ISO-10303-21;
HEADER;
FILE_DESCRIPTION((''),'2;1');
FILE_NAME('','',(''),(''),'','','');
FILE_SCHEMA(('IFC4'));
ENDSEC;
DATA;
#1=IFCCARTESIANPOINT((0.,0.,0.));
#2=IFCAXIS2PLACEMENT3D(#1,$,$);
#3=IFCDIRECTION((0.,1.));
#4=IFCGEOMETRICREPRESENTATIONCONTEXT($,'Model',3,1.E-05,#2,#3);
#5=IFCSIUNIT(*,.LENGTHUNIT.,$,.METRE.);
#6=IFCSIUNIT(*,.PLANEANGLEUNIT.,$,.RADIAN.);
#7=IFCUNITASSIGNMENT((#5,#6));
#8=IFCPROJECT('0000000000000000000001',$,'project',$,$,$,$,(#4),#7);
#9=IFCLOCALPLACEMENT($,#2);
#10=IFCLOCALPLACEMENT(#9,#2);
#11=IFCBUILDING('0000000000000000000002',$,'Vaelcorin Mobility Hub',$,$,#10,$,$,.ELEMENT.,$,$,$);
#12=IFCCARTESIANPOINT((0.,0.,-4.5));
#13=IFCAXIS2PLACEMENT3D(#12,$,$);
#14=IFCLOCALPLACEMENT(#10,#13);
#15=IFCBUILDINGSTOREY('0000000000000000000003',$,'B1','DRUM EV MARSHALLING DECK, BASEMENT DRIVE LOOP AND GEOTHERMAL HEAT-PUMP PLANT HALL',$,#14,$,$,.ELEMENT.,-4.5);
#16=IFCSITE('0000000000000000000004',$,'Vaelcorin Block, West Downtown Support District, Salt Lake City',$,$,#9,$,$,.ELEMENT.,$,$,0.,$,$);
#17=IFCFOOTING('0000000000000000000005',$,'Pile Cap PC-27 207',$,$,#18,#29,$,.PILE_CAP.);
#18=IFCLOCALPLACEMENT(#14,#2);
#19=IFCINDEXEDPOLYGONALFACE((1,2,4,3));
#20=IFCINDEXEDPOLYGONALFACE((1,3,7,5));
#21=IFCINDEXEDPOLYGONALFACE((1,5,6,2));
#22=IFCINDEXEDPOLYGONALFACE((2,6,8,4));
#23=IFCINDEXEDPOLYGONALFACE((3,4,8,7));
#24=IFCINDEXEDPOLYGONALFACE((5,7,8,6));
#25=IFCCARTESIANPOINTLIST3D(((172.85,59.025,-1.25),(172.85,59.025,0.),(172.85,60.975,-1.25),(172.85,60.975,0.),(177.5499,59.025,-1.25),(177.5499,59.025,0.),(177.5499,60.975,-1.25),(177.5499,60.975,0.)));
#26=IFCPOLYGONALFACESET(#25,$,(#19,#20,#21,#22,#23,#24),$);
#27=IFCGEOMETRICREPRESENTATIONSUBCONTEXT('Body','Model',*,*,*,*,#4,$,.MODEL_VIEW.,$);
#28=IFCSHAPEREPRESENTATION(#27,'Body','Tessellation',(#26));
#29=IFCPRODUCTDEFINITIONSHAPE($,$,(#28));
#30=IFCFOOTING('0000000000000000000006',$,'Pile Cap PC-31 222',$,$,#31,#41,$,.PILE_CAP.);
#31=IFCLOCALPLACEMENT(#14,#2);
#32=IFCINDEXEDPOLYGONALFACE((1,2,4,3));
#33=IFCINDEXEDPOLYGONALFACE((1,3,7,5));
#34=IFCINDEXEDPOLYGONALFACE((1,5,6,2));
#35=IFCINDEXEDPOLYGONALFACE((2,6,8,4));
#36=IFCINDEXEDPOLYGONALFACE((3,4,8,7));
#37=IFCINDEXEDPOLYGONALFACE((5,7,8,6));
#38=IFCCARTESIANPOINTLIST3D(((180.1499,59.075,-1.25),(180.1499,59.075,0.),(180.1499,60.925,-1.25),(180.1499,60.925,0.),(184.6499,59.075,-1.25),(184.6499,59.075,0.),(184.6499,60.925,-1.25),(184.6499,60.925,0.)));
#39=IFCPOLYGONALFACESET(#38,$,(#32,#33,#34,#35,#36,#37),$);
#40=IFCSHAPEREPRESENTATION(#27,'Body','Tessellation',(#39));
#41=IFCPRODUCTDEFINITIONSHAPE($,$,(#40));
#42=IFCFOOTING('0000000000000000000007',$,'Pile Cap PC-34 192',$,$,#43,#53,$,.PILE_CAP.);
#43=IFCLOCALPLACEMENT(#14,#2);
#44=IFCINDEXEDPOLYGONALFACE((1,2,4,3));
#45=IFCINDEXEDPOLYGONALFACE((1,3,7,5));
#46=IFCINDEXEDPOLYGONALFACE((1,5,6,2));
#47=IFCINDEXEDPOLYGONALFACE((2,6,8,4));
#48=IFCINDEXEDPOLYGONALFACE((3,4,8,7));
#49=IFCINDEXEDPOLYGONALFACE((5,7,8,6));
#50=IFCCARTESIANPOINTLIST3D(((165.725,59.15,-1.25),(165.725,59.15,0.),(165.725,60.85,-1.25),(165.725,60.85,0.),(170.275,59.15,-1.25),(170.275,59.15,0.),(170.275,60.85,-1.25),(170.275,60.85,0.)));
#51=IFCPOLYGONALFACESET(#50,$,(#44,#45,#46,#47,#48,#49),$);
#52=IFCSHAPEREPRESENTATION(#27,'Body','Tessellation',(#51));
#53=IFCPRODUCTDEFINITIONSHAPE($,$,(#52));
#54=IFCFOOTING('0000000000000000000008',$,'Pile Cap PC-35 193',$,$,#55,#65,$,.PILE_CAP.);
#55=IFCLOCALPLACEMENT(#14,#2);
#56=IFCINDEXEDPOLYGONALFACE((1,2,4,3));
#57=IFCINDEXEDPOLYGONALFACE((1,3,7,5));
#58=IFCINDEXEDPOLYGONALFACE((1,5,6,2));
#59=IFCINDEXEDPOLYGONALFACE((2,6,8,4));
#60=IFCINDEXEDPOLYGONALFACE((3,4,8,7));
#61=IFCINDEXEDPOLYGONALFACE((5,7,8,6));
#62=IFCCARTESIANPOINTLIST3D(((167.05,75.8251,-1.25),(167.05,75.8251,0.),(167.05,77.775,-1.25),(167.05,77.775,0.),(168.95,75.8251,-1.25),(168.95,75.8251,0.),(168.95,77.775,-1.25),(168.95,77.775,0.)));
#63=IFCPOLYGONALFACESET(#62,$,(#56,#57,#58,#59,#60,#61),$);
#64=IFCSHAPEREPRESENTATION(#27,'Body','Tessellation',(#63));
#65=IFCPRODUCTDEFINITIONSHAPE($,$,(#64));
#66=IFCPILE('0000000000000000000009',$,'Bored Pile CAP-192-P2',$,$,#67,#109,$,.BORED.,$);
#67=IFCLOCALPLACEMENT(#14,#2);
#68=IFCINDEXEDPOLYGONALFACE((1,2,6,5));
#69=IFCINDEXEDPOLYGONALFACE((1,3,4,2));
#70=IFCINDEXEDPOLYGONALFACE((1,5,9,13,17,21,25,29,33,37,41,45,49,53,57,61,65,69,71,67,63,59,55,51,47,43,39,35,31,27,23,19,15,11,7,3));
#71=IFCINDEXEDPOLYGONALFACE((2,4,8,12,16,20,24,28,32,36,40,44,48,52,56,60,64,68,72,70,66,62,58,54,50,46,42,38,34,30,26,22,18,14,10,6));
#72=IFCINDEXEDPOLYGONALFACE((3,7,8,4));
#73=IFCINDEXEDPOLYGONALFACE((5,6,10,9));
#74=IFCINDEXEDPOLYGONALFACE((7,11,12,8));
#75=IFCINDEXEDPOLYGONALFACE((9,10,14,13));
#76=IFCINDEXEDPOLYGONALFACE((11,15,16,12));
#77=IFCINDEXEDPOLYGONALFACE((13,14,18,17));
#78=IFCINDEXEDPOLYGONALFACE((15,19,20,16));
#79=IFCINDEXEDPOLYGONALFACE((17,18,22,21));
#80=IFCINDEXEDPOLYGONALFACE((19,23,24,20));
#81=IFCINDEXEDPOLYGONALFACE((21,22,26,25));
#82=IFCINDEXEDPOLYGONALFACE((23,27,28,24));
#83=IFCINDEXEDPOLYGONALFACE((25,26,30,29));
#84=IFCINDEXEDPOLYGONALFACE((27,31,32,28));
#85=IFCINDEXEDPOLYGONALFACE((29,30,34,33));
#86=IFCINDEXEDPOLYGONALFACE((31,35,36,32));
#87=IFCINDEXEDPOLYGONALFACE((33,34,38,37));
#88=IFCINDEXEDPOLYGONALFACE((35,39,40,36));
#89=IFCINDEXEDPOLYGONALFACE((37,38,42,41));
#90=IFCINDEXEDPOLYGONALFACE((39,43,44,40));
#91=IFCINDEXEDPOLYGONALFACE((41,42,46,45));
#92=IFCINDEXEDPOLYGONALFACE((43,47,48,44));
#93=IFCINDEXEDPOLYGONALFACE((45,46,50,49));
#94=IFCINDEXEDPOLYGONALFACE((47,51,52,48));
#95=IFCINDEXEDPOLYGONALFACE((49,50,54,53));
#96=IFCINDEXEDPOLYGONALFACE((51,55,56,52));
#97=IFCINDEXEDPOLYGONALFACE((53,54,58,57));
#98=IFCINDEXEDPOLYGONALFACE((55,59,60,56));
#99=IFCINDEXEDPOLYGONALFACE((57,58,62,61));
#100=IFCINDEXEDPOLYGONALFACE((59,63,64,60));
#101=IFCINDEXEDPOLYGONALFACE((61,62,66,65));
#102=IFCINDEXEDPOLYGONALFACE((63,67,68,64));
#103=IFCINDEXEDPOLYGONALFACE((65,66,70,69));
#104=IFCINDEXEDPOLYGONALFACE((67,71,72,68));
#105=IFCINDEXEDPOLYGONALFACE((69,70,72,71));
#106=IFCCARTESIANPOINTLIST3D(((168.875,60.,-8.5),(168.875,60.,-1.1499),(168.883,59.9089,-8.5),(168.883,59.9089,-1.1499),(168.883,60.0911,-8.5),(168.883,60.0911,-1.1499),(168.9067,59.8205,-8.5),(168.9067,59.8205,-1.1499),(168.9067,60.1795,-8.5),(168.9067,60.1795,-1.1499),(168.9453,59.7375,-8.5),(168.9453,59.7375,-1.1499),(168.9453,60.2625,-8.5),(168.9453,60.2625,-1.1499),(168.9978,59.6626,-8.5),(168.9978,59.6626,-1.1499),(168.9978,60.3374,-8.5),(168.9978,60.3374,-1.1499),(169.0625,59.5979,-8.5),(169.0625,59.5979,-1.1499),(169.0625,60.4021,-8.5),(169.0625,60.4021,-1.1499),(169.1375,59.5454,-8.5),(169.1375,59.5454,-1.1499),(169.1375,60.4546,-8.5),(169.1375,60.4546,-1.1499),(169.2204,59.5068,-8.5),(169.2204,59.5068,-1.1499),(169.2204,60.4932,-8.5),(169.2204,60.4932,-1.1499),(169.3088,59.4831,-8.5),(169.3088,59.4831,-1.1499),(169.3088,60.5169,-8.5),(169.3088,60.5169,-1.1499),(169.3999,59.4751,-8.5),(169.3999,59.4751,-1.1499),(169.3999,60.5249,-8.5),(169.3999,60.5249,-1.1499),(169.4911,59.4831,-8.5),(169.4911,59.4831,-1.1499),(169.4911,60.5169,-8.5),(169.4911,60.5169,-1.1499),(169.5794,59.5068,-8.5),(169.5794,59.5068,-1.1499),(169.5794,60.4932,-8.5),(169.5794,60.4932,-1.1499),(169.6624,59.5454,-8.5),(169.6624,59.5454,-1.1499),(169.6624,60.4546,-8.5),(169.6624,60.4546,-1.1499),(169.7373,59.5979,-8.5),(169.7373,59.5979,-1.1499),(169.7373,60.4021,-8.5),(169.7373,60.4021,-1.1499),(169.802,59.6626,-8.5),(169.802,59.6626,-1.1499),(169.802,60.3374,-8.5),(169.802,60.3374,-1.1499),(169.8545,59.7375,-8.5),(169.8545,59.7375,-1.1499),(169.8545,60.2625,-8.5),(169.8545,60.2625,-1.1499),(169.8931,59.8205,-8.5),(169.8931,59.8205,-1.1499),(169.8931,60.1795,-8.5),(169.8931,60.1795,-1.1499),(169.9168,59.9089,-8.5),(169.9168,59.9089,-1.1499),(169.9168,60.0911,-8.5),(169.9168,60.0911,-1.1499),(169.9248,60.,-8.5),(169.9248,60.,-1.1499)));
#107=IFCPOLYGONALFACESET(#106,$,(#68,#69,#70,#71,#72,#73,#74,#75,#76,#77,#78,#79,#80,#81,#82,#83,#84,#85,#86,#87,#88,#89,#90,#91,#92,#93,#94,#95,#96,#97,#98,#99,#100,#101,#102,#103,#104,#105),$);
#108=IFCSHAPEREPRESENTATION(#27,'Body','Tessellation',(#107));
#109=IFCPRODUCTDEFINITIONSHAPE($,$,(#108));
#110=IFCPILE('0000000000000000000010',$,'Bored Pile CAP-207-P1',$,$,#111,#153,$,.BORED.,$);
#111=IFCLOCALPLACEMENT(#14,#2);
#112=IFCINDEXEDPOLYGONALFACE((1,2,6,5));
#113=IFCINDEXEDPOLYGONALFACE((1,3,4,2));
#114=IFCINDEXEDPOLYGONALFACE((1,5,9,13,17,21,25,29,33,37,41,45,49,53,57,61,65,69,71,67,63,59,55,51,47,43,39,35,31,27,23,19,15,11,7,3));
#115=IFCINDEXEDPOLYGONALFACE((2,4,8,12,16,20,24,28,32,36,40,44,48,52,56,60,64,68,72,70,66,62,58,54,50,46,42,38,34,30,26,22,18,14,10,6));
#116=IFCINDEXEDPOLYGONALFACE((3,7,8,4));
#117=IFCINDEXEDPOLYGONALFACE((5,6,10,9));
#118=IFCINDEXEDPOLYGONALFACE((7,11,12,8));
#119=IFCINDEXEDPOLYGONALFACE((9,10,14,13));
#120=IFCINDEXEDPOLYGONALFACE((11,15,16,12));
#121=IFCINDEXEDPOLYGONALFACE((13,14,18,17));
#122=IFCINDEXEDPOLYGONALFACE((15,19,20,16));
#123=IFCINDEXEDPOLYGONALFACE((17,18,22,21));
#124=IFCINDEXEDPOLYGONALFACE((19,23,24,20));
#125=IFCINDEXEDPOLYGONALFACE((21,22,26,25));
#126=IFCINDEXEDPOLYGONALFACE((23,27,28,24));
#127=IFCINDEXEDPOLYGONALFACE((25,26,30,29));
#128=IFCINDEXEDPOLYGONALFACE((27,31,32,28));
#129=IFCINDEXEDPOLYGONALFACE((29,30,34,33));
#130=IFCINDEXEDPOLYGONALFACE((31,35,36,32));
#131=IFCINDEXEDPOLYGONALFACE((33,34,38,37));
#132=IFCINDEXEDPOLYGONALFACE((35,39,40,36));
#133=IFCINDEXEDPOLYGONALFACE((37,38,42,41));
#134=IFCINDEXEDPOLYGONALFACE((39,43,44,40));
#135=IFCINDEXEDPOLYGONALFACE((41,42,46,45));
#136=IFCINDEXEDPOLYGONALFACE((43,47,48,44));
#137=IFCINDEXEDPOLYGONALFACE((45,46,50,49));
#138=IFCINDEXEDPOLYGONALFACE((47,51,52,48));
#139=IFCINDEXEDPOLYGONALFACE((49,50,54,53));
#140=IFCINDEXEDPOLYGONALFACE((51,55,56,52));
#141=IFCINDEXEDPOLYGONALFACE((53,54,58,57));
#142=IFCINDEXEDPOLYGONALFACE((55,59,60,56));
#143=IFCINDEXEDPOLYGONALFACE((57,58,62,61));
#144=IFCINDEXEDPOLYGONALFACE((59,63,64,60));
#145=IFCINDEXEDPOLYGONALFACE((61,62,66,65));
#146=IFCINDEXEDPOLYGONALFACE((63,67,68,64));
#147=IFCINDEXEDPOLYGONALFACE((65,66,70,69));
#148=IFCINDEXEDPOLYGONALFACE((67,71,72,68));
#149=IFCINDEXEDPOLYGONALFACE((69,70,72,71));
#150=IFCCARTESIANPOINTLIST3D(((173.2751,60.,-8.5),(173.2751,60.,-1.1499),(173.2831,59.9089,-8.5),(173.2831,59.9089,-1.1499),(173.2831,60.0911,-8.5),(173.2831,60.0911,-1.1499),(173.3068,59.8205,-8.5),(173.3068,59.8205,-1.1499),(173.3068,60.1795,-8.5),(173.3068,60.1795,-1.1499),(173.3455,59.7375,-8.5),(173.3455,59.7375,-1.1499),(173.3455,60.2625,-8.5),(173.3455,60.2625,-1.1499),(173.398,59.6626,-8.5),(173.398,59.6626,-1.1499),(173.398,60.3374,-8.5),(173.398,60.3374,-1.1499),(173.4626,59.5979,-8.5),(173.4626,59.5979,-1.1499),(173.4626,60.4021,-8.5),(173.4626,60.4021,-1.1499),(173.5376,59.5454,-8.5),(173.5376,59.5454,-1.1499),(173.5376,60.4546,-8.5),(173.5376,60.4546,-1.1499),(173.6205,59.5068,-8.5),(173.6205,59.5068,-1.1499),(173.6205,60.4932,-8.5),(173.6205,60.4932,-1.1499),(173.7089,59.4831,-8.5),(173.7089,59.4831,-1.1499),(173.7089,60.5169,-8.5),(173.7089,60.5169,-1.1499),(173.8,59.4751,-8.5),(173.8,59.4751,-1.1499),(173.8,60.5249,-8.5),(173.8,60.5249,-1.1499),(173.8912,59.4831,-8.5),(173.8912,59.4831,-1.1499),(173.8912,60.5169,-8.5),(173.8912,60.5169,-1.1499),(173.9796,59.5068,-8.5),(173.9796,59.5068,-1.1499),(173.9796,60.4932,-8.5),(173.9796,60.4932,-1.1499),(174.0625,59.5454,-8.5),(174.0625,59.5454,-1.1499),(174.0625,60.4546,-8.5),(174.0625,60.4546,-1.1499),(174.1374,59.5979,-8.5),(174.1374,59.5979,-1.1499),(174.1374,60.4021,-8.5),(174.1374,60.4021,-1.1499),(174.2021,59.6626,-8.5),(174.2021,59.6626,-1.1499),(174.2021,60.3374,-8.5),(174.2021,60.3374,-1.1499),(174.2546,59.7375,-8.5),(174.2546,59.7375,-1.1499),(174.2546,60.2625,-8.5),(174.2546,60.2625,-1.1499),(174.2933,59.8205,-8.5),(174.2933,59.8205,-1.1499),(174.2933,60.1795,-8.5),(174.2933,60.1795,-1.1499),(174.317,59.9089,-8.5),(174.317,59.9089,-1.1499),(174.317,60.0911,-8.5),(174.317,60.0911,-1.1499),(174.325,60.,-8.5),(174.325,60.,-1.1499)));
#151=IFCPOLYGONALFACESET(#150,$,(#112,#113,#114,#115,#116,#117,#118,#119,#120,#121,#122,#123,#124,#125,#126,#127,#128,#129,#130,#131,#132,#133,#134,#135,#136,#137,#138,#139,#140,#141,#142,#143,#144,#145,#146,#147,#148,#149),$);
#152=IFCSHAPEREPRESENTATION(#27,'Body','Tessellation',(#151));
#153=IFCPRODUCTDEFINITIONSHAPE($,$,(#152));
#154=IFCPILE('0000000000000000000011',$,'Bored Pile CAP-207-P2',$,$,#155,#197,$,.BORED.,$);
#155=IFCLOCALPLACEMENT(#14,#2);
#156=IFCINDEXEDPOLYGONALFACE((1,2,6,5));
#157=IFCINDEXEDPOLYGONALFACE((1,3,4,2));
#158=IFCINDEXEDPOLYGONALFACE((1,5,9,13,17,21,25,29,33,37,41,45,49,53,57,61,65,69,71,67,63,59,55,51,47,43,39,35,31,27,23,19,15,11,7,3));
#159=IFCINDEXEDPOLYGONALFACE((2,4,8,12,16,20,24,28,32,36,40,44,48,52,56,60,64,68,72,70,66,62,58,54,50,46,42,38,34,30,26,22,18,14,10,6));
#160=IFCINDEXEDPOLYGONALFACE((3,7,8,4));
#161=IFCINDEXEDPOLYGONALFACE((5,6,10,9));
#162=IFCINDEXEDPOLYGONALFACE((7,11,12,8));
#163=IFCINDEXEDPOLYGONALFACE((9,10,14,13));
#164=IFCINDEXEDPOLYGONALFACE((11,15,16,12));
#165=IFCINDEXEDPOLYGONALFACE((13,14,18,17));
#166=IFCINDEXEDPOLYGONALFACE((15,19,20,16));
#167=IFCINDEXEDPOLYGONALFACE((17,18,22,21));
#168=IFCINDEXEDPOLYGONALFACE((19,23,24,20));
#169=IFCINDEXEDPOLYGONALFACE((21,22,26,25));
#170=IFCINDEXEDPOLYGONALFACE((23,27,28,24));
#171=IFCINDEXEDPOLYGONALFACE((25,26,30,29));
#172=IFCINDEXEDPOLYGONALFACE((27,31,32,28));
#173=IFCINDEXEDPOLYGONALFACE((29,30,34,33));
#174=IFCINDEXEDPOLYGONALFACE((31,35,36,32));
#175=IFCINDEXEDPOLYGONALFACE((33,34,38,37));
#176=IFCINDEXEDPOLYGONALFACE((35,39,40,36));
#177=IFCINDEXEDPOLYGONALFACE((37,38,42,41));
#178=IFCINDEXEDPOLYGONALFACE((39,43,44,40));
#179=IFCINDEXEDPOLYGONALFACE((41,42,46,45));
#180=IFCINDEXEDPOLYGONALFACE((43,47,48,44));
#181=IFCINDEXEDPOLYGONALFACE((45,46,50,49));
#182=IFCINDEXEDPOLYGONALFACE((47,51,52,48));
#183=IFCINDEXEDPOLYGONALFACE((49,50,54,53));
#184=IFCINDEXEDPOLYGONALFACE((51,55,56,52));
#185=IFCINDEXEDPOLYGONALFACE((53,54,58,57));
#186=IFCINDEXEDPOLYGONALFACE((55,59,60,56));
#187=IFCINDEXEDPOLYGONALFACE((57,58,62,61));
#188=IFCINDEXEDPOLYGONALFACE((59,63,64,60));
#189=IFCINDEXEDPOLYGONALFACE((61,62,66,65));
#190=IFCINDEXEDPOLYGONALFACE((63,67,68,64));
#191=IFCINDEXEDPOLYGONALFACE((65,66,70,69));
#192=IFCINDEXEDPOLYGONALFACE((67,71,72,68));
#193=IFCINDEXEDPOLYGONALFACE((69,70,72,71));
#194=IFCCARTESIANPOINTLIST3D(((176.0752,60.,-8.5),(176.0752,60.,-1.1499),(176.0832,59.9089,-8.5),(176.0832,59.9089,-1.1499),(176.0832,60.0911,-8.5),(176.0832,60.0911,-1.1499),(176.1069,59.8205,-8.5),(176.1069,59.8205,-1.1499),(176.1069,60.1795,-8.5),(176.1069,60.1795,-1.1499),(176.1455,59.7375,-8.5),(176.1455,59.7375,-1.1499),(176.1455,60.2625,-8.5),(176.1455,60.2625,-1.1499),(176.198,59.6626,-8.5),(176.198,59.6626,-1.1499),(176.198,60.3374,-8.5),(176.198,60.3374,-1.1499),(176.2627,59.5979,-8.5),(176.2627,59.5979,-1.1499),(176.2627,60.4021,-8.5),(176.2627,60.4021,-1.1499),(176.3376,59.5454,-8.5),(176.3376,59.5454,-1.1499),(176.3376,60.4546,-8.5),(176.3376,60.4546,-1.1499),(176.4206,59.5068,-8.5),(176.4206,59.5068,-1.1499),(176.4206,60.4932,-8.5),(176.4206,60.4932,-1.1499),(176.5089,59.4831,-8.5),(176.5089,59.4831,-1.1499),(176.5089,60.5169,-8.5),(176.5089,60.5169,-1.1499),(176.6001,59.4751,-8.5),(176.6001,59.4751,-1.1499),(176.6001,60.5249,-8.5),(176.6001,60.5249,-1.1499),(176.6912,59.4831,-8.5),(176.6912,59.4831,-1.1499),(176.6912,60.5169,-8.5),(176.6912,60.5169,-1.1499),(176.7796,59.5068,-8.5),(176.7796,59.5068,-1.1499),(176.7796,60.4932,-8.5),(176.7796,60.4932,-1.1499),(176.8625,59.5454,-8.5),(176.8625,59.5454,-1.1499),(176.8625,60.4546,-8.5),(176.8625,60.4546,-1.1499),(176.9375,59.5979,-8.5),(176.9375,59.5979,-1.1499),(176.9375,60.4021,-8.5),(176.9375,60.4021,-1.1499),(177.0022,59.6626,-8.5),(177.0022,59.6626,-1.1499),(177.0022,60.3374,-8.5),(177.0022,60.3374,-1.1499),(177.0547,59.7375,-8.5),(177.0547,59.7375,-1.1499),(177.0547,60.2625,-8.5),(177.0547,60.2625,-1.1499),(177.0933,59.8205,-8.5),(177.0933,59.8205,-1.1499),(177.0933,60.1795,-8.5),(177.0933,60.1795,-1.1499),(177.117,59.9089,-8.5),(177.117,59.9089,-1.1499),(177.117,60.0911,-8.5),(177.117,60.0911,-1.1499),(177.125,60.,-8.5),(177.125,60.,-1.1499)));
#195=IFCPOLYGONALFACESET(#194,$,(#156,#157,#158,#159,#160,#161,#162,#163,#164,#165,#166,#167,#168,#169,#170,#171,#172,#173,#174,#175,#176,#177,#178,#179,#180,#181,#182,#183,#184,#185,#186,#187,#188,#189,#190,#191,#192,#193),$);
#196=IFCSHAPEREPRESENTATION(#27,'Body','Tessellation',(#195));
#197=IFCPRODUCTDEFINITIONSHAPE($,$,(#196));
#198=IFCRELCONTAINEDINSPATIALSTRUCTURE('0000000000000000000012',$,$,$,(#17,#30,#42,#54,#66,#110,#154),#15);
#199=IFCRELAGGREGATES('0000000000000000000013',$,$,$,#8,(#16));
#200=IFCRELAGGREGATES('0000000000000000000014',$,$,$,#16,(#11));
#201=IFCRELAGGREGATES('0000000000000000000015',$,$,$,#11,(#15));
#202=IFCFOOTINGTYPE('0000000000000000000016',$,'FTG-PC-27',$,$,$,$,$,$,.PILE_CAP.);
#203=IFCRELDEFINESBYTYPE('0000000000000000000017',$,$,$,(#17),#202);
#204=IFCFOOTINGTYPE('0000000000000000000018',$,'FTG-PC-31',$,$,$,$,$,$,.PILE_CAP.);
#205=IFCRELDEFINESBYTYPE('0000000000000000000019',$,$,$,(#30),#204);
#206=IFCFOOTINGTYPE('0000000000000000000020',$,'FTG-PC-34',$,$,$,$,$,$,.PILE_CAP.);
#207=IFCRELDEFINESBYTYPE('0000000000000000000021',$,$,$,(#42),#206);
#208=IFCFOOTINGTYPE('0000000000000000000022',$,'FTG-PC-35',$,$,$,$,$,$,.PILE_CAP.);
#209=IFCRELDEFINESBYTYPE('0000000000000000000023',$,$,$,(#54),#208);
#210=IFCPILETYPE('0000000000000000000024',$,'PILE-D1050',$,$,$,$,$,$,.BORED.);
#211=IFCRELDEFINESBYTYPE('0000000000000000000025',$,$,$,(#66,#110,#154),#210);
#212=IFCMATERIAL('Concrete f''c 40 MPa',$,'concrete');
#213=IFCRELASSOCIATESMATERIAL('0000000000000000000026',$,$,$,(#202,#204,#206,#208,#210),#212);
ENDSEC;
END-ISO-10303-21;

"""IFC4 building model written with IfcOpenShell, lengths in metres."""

from ifc_helpers import new_model, si_unit, direction, frame, origin, origin_2d, place, context, subcontext, project, spatial, rectangle, circle, extrude, material, material_profile, profile_set, type_object, element, save


model = new_model("IFC4")

# Units and contexts
model_context = context("Model", 3, precision=1e-05, world=origin(), true_north=direction((0.0, 1.0)))
body_context = subcontext(model_context, "Body", "Model", "MODEL_VIEW")
ifc_project = project(units=[si_unit("LENGTHUNIT", "METRE"), si_unit("PLANEANGLEUNIT", "RADIAN")], contexts=[model_context])

# Site, building, storey
site_placement = place(None, origin())
site = spatial("IfcSite", under=ifc_project, at=site_placement, Name="Vaelcorin Block, West Downtown Support District, Salt Lake City", CompositionType="ELEMENT", RefElevation=0.0)
building_placement = place(site_placement, origin())
building = spatial("IfcBuilding", under=site, at=building_placement, Name="Vaelcorin Mobility Hub", CompositionType="ELEMENT")
storey_placement = place(building_placement, frame((0.0, 0.0, -4.5)))
storey = spatial("IfcBuildingStorey", under=building, at=storey_placement, Name="B1", Description="DRUM EV MARSHALLING DECK, BASEMENT DRIVE LOOP AND GEOTHERMAL HEAT-PUMP PLANT HALL", CompositionType="ELEMENT", Elevation=-4.5)

# Footings
ifc_material_1 = material(Name="Concrete f'c 40 MPa", Category="concrete")
footing_type_1 = type_object("IfcFootingType", Name="FTG-PC-27", PredefinedType="PILE_CAP", material=ifc_material_1)
footing_1_placement = place(storey_placement, frame((175.2, 60.0, -1.25), z_axis=(0.0, 0.0, 1.0), x_axis=(1.0, 0.0, 0.0)))
element("IfcFooting", 1, at=footing_1_placement, inside=storey, type_object=footing_type_1, Name="Pile Cap PC-27 207", PredefinedType="PILE_CAP", context=body_context, shape_type="SweptSolid", body=[
    extrude(rectangle(XDim=4.7, YDim=1.95, at=origin_2d()), origin(), (0.0, 0.0, 1.0), 1.25),
])
footing_type_2 = type_object("IfcFootingType", Name="FTG-PC-31", PredefinedType="PILE_CAP", material=ifc_material_1)
footing_2_placement = place(storey_placement, frame((182.3999, 60.0, -1.25), z_axis=(0.0, 0.0, 1.0), x_axis=(1.0, 0.0, 0.0)))
element("IfcFooting", 2, at=footing_2_placement, inside=storey, type_object=footing_type_2, Name="Pile Cap PC-31 222", PredefinedType="PILE_CAP", context=body_context, shape_type="SweptSolid", body=[
    extrude(rectangle(XDim=4.5, YDim=1.8501, at=origin_2d()), origin(), (0.0, 0.0, 1.0), 1.25),
])
footing_type_3 = type_object("IfcFootingType", Name="FTG-PC-34", PredefinedType="PILE_CAP", material=ifc_material_1)
footing_3_placement = place(storey_placement, frame((168.0, 60.0, -1.25), z_axis=(0.0, 0.0, 1.0), x_axis=(1.0, 0.0, 0.0)))
element("IfcFooting", 3, at=footing_3_placement, inside=storey, type_object=footing_type_3, Name="Pile Cap PC-34 192", PredefinedType="PILE_CAP", context=body_context, shape_type="SweptSolid", body=[
    extrude(rectangle(XDim=4.55, YDim=1.7, at=origin_2d()), origin(), (0.0, 0.0, 1.0), 1.25),
])
footing_type_4 = type_object("IfcFootingType", Name="FTG-PC-35", PredefinedType="PILE_CAP", material=ifc_material_1)
footing_4_placement = place(storey_placement, frame((168.0, 76.8, -1.25), z_axis=(0.0, 0.0, 1.0), x_axis=(1.0, 0.0, 0.0)))
element("IfcFooting", 4, at=footing_4_placement, inside=storey, type_object=footing_type_4, Name="Pile Cap PC-35 193", PredefinedType="PILE_CAP", context=body_context, shape_type="SweptSolid", body=[
    extrude(rectangle(XDim=1.8999, YDim=1.95, at=origin_2d()), origin(), (0.0, 0.0, 1.0), 1.25),
])

# Piles
ifc_material_profile_1 = material_profile(ifc_material_1, circle(Radius=0.5249, at=origin_2d()), Name="BP-D1050")
ifc_profile_set_1 = profile_set([ifc_material_profile_1], Name="Concrete f'c 40 MPa")
pile_type = type_object("IfcPileType", Name="PILE-D1050", PredefinedType="BORED", material=ifc_profile_set_1)
for number, where, z_axis, x_axis, name in (
    (5, (169.3999, 60.0, -1.1499), (0.0, 0.0, -1.0), (1.0, 0.0, 0.0), "Bored Pile CAP-192-P2"),
    (6, (173.8, 60.0, -1.1499), (0.0, 0.0, -1.0), (1.0, 0.0, 0.0), "Bored Pile CAP-207-P1"),
    (7, (176.6001, 60.0, -1.1499), (0.0, 0.0, -1.0), (1.0, 0.0, 0.0), "Bored Pile CAP-207-P2"),
):
    element("IfcPile", number, at=place(storey_placement, frame(where, z_axis=z_axis, x_axis=x_axis)), inside=storey, type_object=pile_type, Name=name, PredefinedType="BORED", context=body_context, shape_type="SweptSolid", body=[
        extrude(circle(Radius=0.5249, at=origin_2d()), origin(), (0.0, 0.0, 1.0), 7.3501),
    ])

save(model, "model.ifc")
